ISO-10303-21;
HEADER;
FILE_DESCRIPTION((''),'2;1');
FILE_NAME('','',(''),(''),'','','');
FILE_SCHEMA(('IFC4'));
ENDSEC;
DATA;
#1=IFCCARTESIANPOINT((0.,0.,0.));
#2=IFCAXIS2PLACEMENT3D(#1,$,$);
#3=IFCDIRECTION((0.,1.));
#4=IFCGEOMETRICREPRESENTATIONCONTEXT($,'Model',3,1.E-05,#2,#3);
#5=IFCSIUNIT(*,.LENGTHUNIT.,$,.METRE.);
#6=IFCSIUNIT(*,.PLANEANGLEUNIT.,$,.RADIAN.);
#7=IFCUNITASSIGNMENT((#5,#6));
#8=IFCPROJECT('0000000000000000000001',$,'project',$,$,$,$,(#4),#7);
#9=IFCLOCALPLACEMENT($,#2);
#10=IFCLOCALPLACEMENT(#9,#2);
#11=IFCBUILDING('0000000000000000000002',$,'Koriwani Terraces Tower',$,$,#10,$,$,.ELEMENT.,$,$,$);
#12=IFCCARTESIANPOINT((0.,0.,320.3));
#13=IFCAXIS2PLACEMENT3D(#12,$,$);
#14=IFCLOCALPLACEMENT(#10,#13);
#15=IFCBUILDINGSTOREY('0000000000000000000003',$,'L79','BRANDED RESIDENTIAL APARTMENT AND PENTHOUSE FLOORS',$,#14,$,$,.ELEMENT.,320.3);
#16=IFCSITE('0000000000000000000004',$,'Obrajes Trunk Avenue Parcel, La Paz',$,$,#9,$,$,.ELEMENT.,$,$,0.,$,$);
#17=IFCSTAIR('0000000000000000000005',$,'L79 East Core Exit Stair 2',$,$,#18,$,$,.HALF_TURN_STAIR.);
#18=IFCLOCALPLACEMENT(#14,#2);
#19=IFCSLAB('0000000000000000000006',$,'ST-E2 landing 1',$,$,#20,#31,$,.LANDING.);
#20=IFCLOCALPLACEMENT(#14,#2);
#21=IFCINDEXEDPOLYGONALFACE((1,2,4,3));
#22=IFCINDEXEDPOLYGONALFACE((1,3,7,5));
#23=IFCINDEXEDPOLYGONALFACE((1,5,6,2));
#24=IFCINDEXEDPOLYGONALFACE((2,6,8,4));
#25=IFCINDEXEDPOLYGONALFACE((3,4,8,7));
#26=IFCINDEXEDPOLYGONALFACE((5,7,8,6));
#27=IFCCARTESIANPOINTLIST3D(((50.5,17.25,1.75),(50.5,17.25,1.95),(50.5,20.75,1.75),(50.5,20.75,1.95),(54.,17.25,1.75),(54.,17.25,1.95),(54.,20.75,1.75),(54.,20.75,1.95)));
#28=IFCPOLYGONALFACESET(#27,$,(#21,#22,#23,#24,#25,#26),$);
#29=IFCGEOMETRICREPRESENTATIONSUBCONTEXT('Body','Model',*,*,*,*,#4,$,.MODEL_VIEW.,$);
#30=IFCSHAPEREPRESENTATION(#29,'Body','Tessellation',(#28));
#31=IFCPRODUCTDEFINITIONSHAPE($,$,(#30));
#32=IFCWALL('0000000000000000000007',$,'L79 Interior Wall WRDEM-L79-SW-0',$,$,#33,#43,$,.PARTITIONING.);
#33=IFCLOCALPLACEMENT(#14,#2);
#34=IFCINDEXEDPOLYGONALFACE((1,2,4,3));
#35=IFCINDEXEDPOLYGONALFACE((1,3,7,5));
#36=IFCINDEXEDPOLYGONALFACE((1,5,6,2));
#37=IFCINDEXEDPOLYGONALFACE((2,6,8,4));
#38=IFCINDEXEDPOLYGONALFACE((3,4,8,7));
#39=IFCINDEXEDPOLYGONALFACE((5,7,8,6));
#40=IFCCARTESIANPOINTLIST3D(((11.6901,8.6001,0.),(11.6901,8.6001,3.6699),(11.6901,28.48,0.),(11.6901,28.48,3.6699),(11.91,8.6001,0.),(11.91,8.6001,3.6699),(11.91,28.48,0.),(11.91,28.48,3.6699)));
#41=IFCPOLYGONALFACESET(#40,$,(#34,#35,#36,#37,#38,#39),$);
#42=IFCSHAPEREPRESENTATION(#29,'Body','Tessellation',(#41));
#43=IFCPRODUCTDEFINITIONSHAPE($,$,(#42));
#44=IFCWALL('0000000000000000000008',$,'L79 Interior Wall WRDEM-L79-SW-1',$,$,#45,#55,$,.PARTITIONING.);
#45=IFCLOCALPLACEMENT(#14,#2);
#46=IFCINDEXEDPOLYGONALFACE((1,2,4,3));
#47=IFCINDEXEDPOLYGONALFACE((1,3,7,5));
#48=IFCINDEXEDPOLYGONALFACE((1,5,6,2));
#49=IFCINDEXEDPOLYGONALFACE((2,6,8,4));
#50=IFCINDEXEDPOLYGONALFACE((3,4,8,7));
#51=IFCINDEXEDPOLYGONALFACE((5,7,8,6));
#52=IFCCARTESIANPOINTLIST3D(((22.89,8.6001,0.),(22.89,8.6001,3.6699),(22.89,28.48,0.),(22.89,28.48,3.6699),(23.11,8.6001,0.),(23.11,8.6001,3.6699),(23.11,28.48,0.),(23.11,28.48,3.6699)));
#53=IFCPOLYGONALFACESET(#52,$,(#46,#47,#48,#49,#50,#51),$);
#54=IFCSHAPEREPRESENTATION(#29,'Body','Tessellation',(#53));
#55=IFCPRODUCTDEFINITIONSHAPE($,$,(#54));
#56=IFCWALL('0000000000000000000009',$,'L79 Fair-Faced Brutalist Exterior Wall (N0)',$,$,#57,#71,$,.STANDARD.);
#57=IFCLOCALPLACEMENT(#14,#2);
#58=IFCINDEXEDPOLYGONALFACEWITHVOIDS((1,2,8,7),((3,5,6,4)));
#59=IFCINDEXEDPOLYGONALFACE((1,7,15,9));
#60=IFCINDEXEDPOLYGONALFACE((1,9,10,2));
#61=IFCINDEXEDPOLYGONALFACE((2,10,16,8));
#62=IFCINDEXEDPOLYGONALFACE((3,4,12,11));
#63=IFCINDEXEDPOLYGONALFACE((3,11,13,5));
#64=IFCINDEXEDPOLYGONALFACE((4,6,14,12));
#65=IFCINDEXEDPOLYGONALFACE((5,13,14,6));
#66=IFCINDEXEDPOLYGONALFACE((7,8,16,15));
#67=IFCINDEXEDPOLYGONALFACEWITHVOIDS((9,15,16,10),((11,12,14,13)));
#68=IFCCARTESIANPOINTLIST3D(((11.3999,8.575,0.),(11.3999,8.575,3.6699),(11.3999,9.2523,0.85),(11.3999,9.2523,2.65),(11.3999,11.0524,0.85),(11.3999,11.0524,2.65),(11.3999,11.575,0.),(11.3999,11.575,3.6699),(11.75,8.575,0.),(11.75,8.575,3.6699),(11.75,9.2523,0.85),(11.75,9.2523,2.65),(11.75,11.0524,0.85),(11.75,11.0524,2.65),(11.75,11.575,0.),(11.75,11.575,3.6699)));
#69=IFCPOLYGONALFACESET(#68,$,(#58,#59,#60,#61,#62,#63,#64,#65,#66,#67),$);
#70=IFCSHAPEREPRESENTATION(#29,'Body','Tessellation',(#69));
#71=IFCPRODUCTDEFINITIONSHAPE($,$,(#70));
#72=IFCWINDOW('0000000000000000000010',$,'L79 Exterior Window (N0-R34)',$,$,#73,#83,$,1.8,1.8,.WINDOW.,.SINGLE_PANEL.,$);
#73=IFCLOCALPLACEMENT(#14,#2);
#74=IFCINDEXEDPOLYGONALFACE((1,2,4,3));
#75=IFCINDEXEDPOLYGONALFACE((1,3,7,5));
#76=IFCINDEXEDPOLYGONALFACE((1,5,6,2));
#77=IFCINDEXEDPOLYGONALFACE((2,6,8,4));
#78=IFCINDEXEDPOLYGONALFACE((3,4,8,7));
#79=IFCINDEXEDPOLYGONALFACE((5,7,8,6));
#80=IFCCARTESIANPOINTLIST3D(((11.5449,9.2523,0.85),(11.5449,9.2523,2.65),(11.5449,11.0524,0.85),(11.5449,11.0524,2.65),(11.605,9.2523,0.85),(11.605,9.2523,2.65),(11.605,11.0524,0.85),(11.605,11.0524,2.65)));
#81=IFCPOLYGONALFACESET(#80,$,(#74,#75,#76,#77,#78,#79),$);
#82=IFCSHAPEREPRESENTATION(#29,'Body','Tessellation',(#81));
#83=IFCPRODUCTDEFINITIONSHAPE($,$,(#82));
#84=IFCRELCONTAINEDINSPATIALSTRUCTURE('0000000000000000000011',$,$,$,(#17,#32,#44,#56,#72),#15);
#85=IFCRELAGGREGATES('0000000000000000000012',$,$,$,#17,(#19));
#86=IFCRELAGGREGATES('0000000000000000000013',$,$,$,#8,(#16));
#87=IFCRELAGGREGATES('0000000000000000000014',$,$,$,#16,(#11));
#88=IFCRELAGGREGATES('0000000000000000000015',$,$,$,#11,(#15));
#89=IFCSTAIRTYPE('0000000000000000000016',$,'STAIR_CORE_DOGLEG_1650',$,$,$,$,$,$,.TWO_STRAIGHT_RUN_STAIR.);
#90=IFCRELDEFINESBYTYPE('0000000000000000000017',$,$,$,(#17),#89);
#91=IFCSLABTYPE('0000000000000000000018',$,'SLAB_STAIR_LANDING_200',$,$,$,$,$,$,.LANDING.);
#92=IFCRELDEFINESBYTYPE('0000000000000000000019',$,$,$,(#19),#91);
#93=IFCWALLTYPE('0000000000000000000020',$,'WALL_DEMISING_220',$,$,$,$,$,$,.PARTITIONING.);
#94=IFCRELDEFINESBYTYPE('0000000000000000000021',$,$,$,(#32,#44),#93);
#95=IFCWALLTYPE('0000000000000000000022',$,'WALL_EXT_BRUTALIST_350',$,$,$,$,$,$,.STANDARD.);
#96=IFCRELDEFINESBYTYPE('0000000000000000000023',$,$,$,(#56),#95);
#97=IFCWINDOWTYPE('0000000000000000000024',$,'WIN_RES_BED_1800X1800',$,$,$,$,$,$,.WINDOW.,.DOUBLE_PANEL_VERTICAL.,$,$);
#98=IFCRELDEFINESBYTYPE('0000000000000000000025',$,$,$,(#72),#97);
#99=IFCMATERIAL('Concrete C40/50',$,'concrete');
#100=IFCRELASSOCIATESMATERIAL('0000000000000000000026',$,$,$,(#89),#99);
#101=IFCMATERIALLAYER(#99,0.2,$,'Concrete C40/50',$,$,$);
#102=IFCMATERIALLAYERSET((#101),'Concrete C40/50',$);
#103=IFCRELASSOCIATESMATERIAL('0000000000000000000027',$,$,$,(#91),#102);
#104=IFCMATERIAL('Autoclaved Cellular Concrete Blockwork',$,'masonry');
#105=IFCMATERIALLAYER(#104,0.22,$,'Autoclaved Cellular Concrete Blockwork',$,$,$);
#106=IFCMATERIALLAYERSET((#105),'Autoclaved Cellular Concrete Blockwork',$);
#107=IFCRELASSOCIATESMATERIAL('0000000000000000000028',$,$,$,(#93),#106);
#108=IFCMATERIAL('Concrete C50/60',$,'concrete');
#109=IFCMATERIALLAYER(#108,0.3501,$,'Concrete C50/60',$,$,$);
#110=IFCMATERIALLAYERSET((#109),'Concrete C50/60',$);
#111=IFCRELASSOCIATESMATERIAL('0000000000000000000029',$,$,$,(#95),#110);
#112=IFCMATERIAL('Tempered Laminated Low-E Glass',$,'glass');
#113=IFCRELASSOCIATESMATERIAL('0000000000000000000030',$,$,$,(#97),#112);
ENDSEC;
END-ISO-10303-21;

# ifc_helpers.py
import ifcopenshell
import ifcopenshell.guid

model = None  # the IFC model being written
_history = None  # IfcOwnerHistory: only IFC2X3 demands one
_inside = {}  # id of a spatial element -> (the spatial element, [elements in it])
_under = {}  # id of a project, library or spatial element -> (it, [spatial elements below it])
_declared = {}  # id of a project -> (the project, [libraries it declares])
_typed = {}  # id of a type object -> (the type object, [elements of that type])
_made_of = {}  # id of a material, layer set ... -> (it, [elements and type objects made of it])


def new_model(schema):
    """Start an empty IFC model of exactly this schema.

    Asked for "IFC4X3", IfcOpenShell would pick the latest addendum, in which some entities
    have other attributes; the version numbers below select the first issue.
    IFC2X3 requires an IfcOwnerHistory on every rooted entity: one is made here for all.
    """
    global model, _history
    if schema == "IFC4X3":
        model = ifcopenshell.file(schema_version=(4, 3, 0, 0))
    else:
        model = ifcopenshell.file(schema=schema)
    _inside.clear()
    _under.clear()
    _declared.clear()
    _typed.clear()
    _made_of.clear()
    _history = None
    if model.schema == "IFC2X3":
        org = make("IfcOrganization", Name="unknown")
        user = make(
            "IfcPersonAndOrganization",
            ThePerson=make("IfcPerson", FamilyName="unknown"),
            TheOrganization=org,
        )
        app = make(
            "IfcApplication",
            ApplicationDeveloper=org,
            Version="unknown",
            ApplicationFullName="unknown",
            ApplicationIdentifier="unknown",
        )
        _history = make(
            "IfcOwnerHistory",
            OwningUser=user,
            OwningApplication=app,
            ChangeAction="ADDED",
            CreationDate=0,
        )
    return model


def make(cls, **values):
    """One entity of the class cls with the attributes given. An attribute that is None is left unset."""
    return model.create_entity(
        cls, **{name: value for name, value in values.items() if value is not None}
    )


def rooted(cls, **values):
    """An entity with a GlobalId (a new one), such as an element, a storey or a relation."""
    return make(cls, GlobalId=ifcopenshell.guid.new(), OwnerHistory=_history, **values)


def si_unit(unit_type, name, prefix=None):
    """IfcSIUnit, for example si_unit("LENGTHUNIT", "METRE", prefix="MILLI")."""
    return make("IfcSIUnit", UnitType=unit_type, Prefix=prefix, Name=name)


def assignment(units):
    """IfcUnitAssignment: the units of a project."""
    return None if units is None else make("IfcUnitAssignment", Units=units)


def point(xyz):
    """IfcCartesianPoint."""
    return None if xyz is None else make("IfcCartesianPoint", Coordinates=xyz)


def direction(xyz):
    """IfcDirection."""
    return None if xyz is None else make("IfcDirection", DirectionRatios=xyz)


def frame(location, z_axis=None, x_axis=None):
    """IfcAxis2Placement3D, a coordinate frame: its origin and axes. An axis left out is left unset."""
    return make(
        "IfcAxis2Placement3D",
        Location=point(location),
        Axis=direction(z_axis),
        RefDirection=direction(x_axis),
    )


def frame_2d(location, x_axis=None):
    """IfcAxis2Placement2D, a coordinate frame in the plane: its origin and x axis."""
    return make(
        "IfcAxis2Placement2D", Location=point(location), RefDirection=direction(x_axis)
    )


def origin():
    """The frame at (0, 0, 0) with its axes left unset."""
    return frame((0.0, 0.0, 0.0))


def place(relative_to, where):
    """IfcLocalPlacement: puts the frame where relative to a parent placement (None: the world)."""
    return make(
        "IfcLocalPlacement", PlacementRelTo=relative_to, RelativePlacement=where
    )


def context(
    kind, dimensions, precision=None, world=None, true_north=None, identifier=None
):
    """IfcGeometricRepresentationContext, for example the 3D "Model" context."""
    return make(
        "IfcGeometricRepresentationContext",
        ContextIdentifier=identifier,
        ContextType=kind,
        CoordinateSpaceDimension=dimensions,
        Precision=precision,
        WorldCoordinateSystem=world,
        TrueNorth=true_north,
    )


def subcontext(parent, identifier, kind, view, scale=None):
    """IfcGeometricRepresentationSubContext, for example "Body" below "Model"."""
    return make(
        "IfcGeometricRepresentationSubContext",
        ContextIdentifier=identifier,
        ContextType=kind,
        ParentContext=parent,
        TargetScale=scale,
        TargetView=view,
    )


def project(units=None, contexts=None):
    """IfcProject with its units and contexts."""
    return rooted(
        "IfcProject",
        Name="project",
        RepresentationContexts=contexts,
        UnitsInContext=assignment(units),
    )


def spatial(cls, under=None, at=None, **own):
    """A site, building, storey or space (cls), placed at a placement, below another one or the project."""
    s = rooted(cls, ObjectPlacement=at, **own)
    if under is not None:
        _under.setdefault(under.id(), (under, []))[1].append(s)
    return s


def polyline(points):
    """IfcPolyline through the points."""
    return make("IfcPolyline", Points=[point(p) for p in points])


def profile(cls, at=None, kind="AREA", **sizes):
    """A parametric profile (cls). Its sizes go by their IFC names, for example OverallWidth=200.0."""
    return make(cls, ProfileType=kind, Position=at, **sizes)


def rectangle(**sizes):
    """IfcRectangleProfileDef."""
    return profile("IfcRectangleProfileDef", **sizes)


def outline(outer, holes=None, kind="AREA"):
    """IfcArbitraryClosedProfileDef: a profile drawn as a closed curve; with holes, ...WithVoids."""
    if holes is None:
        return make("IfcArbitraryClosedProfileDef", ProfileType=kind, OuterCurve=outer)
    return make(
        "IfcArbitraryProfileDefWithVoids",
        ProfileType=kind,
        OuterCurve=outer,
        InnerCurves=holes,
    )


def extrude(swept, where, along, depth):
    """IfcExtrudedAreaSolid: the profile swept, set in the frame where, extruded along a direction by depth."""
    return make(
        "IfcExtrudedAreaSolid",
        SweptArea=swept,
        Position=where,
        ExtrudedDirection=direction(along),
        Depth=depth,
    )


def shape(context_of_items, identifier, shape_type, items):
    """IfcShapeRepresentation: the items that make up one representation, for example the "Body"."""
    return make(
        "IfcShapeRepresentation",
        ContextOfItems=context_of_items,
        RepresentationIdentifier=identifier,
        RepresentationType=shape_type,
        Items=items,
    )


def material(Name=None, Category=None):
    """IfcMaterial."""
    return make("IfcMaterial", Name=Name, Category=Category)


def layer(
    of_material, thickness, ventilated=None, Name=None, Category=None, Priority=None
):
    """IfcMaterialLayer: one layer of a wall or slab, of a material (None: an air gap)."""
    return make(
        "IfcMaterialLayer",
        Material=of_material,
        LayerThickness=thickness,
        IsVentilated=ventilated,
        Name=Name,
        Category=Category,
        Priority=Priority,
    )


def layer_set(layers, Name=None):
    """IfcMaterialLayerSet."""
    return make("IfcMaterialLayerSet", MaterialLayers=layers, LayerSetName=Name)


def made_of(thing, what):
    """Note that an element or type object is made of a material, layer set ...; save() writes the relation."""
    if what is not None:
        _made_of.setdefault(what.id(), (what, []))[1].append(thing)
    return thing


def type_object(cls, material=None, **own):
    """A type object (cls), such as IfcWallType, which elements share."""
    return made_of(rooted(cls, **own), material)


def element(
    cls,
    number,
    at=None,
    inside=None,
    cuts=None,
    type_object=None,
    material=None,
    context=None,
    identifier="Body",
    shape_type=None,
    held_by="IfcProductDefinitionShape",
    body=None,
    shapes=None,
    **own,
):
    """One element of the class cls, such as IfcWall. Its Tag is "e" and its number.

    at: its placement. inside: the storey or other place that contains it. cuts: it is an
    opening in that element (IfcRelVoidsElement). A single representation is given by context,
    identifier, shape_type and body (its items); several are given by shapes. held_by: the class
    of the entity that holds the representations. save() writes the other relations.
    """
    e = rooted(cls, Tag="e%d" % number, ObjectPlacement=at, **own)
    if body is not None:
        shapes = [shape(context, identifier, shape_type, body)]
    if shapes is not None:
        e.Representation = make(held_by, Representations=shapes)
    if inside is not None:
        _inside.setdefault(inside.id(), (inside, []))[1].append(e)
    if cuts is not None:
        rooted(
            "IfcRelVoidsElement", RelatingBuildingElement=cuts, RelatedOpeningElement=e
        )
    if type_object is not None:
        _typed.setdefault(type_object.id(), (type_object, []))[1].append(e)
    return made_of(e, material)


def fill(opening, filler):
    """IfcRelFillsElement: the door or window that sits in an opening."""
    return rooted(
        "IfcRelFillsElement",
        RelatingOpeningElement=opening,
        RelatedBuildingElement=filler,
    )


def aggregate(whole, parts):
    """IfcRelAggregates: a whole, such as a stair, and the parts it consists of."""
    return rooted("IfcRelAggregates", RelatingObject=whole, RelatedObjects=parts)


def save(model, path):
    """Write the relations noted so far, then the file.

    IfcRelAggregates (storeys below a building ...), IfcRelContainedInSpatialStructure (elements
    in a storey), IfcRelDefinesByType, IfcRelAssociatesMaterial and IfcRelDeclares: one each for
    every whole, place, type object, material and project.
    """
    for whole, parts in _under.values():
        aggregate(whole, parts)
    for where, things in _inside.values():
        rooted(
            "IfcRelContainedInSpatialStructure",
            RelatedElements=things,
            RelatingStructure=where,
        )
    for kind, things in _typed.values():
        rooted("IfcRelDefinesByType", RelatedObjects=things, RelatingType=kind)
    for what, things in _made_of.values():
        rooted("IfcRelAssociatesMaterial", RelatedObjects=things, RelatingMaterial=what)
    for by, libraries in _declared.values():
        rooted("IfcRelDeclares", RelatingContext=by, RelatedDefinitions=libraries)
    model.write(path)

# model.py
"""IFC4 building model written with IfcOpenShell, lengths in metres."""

from ifc_helpers import new_model, si_unit, direction, frame, frame_2d, origin, place, context, subcontext, project, spatial, polyline, rectangle, outline, extrude, material, layer, layer_set, type_object, element, fill, aggregate, save


model = new_model("IFC4")

# Units and contexts
model_context = context("Model", 3, precision=1e-05, world=origin(), true_north=direction((0.0, 1.0)))
body_context = subcontext(model_context, "Body", "Model", "MODEL_VIEW")
ifc_project = project(units=[si_unit("LENGTHUNIT", "METRE"), si_unit("PLANEANGLEUNIT", "RADIAN")], contexts=[model_context])

# Site, building, storey
site_placement = place(None, origin())
site = spatial("IfcSite", under=ifc_project, at=site_placement, Name="Obrajes Trunk Avenue Parcel, La Paz", CompositionType="ELEMENT", RefElevation=0.0)
building_placement = place(site_placement, origin())
building = spatial("IfcBuilding", under=site, at=building_placement, Name="Koriwani Terraces Tower", CompositionType="ELEMENT")
storey_placement = place(building_placement, frame((0.0, 0.0, 320.3)))
storey = spatial("IfcBuildingStorey", under=building, at=storey_placement, Name="L79", Description="BRANDED RESIDENTIAL APARTMENT AND PENTHOUSE FLOORS", CompositionType="ELEMENT", Elevation=320.3)

# Shared definitions
ifc_material_1 = material(Name="Concrete C50/60", Category="concrete")

# Shared definitions
ifc_material_2 = material(Name="Concrete C40/50", Category="concrete")

# Stair, slab
stair_type = type_object("IfcStairType", Name="STAIR_CORE_DOGLEG_1650", PredefinedType="TWO_STRAIGHT_RUN_STAIR", material=ifc_material_2)
ifc_layer_1 = layer(ifc_material_2, 0.2, Name="Concrete C40/50")
ifc_layer_set_1 = layer_set([ifc_layer_1], Name="Concrete C40/50")
slab_type_1 = type_object("IfcSlabType", Name="SLAB_STAIR_LANDING_200", PredefinedType="LANDING", material=ifc_layer_set_1)
stair_1_placement = place(storey_placement, origin())
stair_1 = element("IfcStair", 1, at=stair_1_placement, inside=storey, type_object=stair_type, Name="L79 East Core Exit Stair 2", PredefinedType="HALF_TURN_STAIR")
slab_1_placement = place(storey_placement, frame((0.0, 0.0, 1.75)))
slab_1 = element("IfcSlab", 2, at=slab_1_placement, type_object=slab_type_1, Name="ST-E2 landing 1", PredefinedType="LANDING", context=body_context, shape_type="SweptSolid", body=[
    extrude(outline(polyline([(54.0, 20.75), (50.5, 20.75), (50.5, 17.25), (54.0, 17.25), (54.0, 20.75)])), origin(), (0.0, 0.0, 1.0), 0.2),
])
aggregate(stair_1, [slab_1])

# Walls
ifc_material_3 = material(Name="Autoclaved Cellular Concrete Blockwork", Category="masonry")
ifc_layer_2 = layer(ifc_material_3, 0.22, Name="Autoclaved Cellular Concrete Blockwork")
ifc_layer_set_2 = layer_set([ifc_layer_2], Name="Autoclaved Cellular Concrete Blockwork")
wall_type_1 = type_object("IfcWallType", Name="WALL_DEMISING_220", PredefinedType="PARTITIONING", material=ifc_layer_set_2)
for number, where, z_axis, x_axis, name in (
    (3, (11.8, 8.6001, 0.0), (0.0, 0.0, 1.0), (0.0, 1.0, 0.0), "L79 Interior Wall WRDEM-L79-SW-0"),
    (4, (23.0, 8.6001, 0.0), (0.0, 0.0, 1.0), (0.0, 1.0, 0.0), "L79 Interior Wall WRDEM-L79-SW-1"),
):
    element("IfcWall", number, at=place(storey_placement, frame(where, z_axis=z_axis, x_axis=x_axis)), inside=storey, type_object=wall_type_1, Name=name, PredefinedType="PARTITIONING", context=body_context, shape_type="SweptSolid", body=[
        extrude(rectangle(XDim=19.8799, YDim=0.22, at=frame_2d((9.9399, 0.0))), origin(), (0.0, 0.0, 1.0), 3.6699),
    ])

# Wall, opening, window
ifc_layer_3 = layer(ifc_material_1, 0.3501, Name="Concrete C50/60")
ifc_layer_set_3 = layer_set([ifc_layer_3], Name="Concrete C50/60")
wall_type_2 = type_object("IfcWallType", Name="WALL_EXT_BRUTALIST_350", PredefinedType="STANDARD", material=ifc_layer_set_3)
wall_placement = place(storey_placement, frame((11.575, 8.575, 0.0), z_axis=(0.0, 0.0, 1.0), x_axis=(0.0, 1.0, 0.0)))
wall = element("IfcWall", 5, at=wall_placement, inside=storey, type_object=wall_type_2, Name="L79 Fair-Faced Brutalist Exterior Wall (N0)", PredefinedType="STANDARD", context=body_context, shape_type="SweptSolid", body=[
    extrude(rectangle(XDim=3.0, YDim=0.3501, at=frame_2d((1.5, 0.0))), origin(), (0.0, 0.0, 1.0), 3.6699),
])
opening_placement = place(wall_placement, frame((0.6775, 0.0, 0.8501)))
opening = element("IfcOpeningElement", 6, at=opening_placement, cuts=wall, PredefinedType="OPENING", context=body_context, shape_type="SweptSolid", body=[
    extrude(rectangle(XDim=1.8, YDim=1.8, at=frame_2d((0.8999, 0.8999))), frame((0.0, 0.1851, 0.0), z_axis=(0.0, -1.0, 0.0), x_axis=(1.0, 0.0, 0.0)), (0.0, 0.0, 1.0), 0.3701),
])
ifc_material_4 = material(Name="Tempered Laminated Low-E Glass", Category="glass")
window_type = type_object("IfcWindowType", Name="WIN_RES_BED_1800X1800", PartitioningType="DOUBLE_PANEL_VERTICAL", PredefinedType="WINDOW", material=ifc_material_4)
window_placement = place(opening_placement, origin())
window = element("IfcWindow", 7, at=window_placement, inside=storey, type_object=window_type, Name="L79 Exterior Window (N0-R34)", OverallHeight=1.8, OverallWidth=1.8, PartitioningType="SINGLE_PANEL", PredefinedType="WINDOW", context=body_context, shape_type="SweptSolid", body=[
    extrude(rectangle(XDim=1.8, YDim=1.8, at=frame_2d((0.8999, 0.8999))), frame((0.0, 0.03, 0.0), z_axis=(0.0, -1.0, 0.0), x_axis=(1.0, 0.0, 0.0)), (0.0, 0.0, 1.0), 0.0601),
])
fill(opening, window)

save(model, "model.ifc")
